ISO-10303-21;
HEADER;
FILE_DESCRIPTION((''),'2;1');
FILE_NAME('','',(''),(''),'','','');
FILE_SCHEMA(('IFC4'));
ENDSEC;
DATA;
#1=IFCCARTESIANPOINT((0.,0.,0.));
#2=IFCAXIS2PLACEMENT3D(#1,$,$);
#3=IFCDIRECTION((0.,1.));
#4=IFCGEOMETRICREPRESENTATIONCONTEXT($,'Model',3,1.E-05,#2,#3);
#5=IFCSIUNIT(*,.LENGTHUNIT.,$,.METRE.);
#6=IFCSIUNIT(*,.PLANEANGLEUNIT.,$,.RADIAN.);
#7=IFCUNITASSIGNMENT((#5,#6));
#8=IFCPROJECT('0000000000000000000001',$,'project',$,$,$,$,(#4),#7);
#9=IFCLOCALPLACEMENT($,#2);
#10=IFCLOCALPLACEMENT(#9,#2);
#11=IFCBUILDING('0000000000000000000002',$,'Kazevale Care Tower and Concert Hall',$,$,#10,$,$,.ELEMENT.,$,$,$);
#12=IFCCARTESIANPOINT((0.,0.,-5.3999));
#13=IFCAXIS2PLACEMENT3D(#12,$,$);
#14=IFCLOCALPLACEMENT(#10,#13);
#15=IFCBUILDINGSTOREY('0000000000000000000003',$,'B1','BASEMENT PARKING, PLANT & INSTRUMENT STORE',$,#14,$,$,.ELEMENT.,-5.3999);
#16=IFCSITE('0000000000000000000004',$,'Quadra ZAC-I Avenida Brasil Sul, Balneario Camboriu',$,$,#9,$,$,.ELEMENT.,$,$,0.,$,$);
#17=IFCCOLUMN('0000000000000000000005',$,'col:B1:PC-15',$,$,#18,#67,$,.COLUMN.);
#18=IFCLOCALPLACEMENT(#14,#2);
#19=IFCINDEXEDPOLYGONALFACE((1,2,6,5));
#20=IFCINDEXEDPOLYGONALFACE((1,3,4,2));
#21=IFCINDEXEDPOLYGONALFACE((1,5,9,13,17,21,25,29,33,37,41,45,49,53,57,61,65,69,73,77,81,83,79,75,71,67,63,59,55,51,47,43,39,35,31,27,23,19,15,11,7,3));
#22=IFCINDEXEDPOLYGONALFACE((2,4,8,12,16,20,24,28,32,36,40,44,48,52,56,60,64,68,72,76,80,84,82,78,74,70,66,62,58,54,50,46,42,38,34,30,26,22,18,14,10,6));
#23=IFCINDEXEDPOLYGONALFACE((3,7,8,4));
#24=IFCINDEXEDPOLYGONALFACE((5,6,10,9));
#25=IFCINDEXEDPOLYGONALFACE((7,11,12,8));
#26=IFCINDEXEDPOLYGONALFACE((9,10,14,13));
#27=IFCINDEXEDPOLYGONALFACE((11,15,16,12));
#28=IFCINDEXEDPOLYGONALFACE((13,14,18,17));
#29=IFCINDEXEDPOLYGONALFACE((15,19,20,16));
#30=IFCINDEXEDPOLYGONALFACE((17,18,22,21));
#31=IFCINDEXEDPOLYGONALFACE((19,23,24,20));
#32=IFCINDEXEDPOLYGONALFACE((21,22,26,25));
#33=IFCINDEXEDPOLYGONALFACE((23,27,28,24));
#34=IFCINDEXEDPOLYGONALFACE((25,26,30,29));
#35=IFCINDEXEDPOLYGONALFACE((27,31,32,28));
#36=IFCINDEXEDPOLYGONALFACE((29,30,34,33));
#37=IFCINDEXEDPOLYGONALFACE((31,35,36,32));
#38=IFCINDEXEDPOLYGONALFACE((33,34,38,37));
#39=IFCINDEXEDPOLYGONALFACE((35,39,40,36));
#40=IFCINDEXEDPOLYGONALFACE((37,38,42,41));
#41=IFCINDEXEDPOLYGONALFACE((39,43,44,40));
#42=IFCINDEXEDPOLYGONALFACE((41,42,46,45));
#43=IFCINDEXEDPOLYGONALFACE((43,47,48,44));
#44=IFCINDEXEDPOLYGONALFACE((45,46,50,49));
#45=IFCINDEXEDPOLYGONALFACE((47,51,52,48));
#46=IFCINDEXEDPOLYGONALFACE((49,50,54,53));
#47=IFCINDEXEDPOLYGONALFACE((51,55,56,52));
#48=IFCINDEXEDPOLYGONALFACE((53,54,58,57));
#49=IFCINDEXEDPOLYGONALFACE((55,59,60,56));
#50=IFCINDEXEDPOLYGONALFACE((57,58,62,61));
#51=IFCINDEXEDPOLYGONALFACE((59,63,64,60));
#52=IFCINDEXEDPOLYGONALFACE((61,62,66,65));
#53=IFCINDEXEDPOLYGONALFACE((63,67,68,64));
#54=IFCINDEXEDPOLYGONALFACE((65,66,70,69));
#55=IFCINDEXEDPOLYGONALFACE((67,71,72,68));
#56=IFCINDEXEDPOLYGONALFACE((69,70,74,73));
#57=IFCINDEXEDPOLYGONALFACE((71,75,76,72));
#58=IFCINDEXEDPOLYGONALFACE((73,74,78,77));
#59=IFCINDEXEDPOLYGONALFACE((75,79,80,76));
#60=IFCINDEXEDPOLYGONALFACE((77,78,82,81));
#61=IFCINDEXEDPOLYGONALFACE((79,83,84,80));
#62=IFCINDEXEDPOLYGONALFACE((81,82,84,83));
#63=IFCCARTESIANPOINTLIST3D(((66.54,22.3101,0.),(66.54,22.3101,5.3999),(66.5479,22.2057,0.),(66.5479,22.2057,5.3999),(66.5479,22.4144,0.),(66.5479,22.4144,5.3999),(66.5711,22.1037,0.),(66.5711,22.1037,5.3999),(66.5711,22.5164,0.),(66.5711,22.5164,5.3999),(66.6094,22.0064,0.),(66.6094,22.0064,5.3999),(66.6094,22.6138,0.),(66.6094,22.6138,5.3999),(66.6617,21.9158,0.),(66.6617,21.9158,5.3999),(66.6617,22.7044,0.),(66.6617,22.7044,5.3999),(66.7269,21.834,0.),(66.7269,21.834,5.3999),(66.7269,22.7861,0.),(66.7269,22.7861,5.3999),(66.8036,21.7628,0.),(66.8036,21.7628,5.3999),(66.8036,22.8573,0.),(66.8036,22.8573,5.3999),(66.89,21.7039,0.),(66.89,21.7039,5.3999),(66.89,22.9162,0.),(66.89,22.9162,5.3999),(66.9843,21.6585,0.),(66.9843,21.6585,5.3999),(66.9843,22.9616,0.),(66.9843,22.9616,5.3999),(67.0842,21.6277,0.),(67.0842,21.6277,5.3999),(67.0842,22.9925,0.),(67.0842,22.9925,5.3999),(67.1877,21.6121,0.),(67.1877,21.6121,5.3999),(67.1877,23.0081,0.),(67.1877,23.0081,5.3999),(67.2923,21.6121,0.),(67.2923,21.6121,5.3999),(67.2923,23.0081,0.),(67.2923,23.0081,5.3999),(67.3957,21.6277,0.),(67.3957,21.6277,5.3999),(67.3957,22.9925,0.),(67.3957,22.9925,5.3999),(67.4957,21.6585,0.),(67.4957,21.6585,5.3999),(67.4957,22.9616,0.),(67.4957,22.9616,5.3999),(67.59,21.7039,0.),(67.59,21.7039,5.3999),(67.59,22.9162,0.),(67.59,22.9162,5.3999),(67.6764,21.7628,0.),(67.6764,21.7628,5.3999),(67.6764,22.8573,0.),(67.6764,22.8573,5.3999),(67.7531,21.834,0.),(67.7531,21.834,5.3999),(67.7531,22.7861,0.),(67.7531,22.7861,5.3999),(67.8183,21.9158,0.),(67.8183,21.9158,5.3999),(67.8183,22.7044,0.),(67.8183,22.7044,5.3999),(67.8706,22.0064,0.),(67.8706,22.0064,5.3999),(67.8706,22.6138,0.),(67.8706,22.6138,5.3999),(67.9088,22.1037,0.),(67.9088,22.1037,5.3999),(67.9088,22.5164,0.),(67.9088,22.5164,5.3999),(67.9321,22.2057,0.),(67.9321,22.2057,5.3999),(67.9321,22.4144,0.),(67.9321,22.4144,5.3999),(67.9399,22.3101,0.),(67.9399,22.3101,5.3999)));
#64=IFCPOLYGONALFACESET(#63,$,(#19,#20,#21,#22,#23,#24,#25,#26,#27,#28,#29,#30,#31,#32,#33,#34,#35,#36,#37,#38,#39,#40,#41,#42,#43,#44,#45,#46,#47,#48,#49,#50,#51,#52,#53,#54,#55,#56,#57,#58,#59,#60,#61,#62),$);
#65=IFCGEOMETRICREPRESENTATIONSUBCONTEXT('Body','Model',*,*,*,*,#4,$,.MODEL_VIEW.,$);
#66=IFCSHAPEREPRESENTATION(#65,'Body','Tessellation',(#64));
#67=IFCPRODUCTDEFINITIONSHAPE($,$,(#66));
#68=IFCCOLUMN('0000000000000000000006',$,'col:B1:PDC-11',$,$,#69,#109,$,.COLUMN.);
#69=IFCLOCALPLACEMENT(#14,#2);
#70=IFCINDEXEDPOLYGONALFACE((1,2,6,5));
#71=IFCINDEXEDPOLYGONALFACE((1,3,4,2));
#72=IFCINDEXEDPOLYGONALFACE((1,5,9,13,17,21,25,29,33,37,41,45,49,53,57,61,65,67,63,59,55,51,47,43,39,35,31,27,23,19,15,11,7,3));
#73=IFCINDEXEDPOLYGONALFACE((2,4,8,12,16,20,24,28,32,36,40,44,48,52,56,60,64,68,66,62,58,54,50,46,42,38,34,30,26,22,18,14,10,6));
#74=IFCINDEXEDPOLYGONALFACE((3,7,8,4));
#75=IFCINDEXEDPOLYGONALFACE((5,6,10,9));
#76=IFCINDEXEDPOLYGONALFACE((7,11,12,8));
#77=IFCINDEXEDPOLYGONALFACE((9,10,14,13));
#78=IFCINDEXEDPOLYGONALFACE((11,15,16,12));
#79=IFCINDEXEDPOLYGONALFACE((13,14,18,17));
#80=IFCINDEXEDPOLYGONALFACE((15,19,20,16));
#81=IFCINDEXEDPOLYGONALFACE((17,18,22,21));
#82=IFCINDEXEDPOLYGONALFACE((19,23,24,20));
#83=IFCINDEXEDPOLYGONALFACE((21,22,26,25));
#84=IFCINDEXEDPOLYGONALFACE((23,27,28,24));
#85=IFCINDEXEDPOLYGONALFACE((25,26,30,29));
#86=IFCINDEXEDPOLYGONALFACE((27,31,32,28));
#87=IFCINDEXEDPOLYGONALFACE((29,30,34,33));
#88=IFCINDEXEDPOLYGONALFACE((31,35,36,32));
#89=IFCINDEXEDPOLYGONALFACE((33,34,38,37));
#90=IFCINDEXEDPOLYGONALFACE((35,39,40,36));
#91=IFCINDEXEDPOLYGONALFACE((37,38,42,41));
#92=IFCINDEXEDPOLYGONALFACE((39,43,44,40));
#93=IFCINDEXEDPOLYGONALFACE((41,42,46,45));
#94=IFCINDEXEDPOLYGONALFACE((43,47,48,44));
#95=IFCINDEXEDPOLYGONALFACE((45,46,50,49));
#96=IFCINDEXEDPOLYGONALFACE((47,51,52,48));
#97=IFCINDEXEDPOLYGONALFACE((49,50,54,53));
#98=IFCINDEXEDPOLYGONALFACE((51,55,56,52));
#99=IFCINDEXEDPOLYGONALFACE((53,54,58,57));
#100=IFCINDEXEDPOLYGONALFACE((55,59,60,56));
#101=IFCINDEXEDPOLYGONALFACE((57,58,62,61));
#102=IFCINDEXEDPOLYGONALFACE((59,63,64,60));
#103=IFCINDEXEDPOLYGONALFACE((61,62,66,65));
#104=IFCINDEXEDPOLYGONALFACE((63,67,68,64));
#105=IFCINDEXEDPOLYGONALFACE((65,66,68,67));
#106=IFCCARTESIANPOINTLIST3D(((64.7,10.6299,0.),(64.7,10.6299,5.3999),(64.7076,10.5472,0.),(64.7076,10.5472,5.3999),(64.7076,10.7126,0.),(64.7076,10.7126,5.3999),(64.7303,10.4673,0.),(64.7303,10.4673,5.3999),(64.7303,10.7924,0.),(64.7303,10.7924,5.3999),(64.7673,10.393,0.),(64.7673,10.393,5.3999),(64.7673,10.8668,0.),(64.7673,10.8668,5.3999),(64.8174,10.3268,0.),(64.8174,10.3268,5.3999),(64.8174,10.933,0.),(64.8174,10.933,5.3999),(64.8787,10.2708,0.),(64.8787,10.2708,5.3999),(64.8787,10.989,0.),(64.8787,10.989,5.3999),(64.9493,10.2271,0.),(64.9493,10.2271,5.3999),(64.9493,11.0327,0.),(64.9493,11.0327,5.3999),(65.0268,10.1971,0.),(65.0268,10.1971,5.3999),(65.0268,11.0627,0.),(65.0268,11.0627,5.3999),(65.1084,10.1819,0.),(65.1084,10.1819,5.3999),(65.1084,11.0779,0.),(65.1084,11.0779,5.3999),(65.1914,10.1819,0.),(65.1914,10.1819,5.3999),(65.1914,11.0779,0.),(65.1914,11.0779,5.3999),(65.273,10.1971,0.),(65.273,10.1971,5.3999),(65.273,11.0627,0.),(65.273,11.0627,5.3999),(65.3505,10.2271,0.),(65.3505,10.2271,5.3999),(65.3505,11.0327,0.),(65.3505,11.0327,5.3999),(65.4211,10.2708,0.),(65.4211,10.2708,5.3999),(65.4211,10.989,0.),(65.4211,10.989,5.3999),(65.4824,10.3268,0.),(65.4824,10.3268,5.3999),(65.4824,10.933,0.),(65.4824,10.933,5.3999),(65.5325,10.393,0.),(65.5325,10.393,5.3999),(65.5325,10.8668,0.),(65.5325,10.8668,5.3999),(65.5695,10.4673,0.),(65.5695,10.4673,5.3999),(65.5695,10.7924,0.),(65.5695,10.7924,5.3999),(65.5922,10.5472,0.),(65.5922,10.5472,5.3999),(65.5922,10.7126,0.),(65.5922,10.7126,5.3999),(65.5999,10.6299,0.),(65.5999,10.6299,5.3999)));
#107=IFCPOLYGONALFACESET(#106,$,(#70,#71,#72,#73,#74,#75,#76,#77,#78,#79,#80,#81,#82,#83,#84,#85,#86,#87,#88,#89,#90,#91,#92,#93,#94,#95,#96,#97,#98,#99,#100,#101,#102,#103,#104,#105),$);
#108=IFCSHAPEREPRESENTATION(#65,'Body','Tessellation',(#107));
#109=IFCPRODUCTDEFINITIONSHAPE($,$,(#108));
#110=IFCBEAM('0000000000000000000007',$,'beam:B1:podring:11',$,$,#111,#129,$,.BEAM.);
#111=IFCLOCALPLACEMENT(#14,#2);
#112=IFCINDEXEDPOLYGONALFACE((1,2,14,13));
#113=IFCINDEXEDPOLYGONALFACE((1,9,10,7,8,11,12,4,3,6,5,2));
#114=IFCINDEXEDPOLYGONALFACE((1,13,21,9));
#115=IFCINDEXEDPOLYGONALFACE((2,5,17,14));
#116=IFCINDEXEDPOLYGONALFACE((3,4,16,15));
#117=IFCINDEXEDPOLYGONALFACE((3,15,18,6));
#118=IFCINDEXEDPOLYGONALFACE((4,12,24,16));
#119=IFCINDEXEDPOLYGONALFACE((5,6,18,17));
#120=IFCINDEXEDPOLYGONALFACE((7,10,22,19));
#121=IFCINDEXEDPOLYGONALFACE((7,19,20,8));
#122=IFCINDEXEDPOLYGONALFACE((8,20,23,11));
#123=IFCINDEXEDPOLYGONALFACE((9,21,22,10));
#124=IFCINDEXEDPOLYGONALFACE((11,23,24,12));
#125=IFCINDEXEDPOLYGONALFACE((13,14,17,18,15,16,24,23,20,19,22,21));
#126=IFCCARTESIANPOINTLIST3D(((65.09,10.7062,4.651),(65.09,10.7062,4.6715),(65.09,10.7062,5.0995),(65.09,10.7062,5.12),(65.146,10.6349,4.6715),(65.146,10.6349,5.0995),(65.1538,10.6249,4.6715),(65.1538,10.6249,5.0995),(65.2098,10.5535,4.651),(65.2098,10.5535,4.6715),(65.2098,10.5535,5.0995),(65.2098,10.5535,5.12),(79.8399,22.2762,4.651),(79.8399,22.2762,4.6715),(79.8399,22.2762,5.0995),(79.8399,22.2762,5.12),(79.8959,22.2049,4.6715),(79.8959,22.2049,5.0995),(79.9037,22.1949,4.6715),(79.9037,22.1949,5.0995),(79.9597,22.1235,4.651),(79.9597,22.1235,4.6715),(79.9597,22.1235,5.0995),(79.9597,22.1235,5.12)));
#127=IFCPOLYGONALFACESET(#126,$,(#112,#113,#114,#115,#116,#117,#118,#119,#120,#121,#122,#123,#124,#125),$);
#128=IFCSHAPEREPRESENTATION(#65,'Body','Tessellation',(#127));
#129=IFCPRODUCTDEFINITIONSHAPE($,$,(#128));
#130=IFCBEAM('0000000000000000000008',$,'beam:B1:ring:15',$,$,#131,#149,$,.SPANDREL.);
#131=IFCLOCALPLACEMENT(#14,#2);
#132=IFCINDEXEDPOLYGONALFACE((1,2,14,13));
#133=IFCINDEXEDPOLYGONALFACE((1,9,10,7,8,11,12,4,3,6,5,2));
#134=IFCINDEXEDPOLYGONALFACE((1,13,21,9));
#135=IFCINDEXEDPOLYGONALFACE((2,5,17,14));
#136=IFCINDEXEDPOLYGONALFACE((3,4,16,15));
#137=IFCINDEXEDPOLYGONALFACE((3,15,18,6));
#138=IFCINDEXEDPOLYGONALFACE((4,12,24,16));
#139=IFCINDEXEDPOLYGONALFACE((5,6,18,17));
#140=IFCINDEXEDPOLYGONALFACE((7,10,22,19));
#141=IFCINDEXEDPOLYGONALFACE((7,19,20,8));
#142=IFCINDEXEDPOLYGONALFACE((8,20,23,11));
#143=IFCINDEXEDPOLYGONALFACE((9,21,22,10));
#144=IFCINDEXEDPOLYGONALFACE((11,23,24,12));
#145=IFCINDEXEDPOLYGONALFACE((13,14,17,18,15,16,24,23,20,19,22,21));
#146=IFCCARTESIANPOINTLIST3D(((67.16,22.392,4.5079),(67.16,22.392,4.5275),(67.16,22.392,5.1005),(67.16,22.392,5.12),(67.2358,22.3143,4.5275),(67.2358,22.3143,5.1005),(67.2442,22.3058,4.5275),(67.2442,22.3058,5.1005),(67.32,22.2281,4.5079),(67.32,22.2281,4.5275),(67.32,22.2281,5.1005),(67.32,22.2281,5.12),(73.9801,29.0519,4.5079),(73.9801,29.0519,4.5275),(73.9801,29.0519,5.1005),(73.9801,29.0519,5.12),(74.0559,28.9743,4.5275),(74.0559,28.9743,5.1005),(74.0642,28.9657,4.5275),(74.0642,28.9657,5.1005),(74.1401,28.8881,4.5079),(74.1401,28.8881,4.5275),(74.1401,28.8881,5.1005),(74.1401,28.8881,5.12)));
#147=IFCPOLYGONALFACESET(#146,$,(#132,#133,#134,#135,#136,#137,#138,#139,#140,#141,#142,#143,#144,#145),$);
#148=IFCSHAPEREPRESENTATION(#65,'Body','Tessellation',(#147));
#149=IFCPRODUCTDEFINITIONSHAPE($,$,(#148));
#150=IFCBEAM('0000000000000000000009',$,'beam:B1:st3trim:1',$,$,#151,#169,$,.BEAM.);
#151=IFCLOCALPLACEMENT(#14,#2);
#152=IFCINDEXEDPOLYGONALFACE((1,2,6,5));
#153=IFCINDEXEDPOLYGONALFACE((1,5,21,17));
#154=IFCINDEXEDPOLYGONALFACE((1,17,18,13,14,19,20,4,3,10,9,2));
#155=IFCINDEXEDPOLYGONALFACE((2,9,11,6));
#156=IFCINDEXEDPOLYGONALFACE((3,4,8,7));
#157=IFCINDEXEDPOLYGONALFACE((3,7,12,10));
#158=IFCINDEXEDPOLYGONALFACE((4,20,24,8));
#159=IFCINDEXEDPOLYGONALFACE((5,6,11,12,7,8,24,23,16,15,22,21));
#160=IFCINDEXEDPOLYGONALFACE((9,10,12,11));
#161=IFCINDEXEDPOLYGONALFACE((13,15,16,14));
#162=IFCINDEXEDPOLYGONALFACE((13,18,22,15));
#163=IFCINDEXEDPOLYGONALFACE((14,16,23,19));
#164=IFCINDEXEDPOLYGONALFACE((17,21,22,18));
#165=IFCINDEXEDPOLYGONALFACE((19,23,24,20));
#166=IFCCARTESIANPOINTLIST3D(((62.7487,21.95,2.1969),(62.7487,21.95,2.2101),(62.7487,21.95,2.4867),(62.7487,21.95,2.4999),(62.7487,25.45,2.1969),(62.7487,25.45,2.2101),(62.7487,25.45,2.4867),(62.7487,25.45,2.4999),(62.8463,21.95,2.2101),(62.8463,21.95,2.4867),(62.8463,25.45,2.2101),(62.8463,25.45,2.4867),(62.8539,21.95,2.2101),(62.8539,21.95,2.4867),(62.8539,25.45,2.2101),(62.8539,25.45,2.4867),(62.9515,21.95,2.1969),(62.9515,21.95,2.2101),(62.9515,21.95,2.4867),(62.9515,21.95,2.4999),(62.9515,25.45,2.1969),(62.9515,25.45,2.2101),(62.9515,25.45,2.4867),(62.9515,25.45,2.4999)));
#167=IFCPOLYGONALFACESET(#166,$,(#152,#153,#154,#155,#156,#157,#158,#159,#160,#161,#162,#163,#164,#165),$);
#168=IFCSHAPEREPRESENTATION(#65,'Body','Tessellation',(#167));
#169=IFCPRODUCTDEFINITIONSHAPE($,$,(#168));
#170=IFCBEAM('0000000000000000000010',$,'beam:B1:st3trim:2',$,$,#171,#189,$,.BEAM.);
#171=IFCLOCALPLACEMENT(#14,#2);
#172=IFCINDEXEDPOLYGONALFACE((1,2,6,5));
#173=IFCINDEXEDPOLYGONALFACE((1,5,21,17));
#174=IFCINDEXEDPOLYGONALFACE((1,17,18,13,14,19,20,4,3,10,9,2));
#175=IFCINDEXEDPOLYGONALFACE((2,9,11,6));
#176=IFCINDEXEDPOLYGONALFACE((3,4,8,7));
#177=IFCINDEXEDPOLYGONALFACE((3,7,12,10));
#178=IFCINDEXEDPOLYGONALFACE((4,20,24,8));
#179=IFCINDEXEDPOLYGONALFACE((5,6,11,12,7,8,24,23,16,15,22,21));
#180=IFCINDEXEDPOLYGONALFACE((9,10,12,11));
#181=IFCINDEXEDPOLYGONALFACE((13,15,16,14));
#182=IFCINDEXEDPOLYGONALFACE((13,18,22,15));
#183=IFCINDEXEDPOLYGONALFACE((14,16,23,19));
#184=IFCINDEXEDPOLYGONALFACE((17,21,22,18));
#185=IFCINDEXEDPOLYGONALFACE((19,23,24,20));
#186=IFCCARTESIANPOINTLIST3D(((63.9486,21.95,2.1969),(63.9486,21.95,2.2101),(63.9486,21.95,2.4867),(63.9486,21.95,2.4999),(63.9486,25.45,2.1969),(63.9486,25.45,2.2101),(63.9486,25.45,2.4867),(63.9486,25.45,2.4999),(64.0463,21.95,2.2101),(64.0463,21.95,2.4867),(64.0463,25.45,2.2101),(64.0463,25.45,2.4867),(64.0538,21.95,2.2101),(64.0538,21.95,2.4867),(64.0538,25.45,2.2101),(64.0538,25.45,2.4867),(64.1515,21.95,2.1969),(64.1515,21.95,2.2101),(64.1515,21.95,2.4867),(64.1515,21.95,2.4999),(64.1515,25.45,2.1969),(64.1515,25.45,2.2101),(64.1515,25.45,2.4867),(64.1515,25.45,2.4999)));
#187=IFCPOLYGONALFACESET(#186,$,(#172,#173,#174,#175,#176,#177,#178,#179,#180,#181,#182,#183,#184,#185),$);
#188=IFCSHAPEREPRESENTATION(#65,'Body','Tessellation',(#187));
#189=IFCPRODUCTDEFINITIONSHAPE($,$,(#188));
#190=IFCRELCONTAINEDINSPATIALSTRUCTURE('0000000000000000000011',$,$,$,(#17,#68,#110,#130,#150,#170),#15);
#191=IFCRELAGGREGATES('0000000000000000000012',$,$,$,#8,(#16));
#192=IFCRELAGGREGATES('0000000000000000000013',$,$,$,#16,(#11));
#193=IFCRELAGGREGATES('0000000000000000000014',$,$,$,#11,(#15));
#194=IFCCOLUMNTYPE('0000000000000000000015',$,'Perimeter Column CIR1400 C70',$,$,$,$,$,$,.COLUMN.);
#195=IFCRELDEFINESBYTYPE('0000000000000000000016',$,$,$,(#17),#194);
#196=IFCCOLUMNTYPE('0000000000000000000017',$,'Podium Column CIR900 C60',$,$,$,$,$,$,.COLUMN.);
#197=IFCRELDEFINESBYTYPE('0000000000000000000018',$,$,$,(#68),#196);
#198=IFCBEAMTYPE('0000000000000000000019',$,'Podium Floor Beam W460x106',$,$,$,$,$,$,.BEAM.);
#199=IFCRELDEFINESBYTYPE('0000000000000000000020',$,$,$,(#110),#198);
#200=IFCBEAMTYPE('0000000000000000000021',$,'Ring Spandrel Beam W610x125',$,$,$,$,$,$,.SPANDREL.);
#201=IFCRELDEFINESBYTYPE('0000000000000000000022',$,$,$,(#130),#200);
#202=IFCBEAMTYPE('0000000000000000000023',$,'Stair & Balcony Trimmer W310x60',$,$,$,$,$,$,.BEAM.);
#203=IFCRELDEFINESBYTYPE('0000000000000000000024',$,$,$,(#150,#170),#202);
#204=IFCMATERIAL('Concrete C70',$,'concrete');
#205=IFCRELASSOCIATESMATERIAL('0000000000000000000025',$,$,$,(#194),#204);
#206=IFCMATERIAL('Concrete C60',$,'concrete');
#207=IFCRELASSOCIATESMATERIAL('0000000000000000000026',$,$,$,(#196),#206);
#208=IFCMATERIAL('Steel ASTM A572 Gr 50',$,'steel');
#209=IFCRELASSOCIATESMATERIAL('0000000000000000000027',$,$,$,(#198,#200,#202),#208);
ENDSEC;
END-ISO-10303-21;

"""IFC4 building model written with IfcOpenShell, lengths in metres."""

from ifc_helpers import new_model, si_unit, direction, frame, origin, origin_2d, place, context, subcontext, project, spatial, circle, i_section, extrude, material, material_profile, profile_set, type_object, element, save


model = new_model("IFC4")

# Units and contexts
model_context = context("Model", 3, precision=1e-05, world=origin(), true_north=direction((0.0, 1.0)))
body_context = subcontext(model_context, "Body", "Model", "MODEL_VIEW")
ifc_project = project(units=[si_unit("LENGTHUNIT", "METRE"), si_unit("PLANEANGLEUNIT", "RADIAN")], contexts=[model_context])

# Site, building, storey
site_placement = place(None, origin())
site = spatial("IfcSite", under=ifc_project, at=site_placement, Name="Quadra ZAC-I Avenida Brasil Sul, Balneario Camboriu", CompositionType="ELEMENT", RefElevation=0.0)
building_placement = place(site_placement, origin())
building = spatial("IfcBuilding", under=site, at=building_placement, Name="Kazevale Care Tower and Concert Hall", CompositionType="ELEMENT")
storey_placement = place(building_placement, frame((0.0, 0.0, -5.3999)))
storey = spatial("IfcBuildingStorey", under=building, at=storey_placement, Name="B1", Description="BASEMENT PARKING, PLANT & INSTRUMENT STORE", CompositionType="ELEMENT", Elevation=-5.3999)

# Columns
ifc_material_1 = material(Name="Concrete C70", Category="concrete")
ifc_material_profile_1 = material_profile(ifc_material_1, circle(Radius=0.7, at=origin_2d()), Name="RC-CIR1400")
ifc_profile_set_1 = profile_set([ifc_material_profile_1], Name="Concrete C70")
column_type_1 = type_object("IfcColumnType", Name="Perimeter Column CIR1400 C70", PredefinedType="COLUMN", material=ifc_profile_set_1)
column_1_placement = place(storey_placement, frame((67.24, 22.3101, 0.0), z_axis=(0.0, 0.0, 1.0), x_axis=(1.0, 0.0, 0.0)))
element("IfcColumn", 1, at=column_1_placement, inside=storey, type_object=column_type_1, Name="col:B1:PC-15", PredefinedType="COLUMN", context=body_context, shape_type="SweptSolid", body=[
    extrude(circle(Radius=0.7, at=origin_2d()), origin(), (0.0, 0.0, 1.0), 5.3999),
])
ifc_material_2 = material(Name="Concrete C60", Category="concrete")
ifc_material_profile_2 = material_profile(ifc_material_2, circle(Radius=0.45, at=origin_2d()), Name="RC-CIR900")
ifc_profile_set_2 = profile_set([ifc_material_profile_2], Name="Concrete C60")
column_type_2 = type_object("IfcColumnType", Name="Podium Column CIR900 C60", PredefinedType="COLUMN", material=ifc_profile_set_2)
column_2_placement = place(storey_placement, frame((65.1499, 10.6299, 0.0), z_axis=(0.0, 0.0, 1.0), x_axis=(1.0, 0.0, 0.0)))
element("IfcColumn", 2, at=column_2_placement, inside=storey, type_object=column_type_2, Name="col:B1:PDC-11", PredefinedType="COLUMN", context=body_context, shape_type="SweptSolid", body=[
    extrude(circle(Radius=0.45, at=origin_2d()), origin(), (0.0, 0.0, 1.0), 5.3999),
])

# Beams
ifc_material_3 = material(Name="Steel ASTM A572 Gr 50", Category="steel")
ifc_material_profile_3 = material_profile(ifc_material_3, i_section(OverallWidth=0.1941, OverallDepth=0.469, WebThickness=0.0127, FlangeThickness=0.0205, at=origin_2d()), Name="W460x106")
ifc_profile_set_3 = profile_set([ifc_material_profile_3], Name="Steel ASTM A572 Gr 50")
beam_type_1 = type_object("IfcBeamType", Name="Podium Floor Beam W460x106", PredefinedType="BEAM", material=ifc_profile_set_3)
beam_1_placement = place(storey_placement, frame((65.1499, 10.6299, 4.8855), z_axis=(0.786816, 0.617188, 0.0), x_axis=(-0.617188, 0.786816, 0.0)))
element("IfcBeam", 3, at=beam_1_placement, inside=storey, type_object=beam_type_1, Name="beam:B1:podring:11", PredefinedType="BEAM", context=body_context, shape_type="SweptSolid", body=[
    extrude(i_section(OverallWidth=0.1941, OverallDepth=0.469, WebThickness=0.0127, FlangeThickness=0.0205, at=origin_2d()), origin(), (0.0, 0.0, 1.0), 18.7463),
])
ifc_material_profile_4 = material_profile(ifc_material_3, i_section(OverallWidth=0.229, OverallDepth=0.6121, WebThickness=0.012, FlangeThickness=0.0195, at=origin_2d()), Name="W610x125")
ifc_profile_set_4 = profile_set([ifc_material_profile_4], Name="Steel ASTM A572 Gr 50")
beam_type_2 = type_object("IfcBeamType", Name="Ring Spandrel Beam W610x125", PredefinedType="SPANDREL", material=ifc_profile_set_4)
beam_2_placement = place(storey_placement, frame((67.24, 22.3101, 4.814), z_axis=(0.715457, 0.698656, 0.0), x_axis=(-0.698656, 0.715457, 0.0)))
element("IfcBeam", 4, at=beam_2_placement, inside=storey, type_object=beam_type_2, Name="beam:B1:ring:15", PredefinedType="SPANDREL", context=body_context, shape_type="SweptSolid", body=[
    extrude(i_section(OverallWidth=0.229, OverallDepth=0.6121, WebThickness=0.012, FlangeThickness=0.0195, at=origin_2d()), origin(), (0.0, 0.0, 1.0), 9.5325),
])
ifc_material_profile_5 = material_profile(ifc_material_3, i_section(OverallWidth=0.2029, OverallDepth=0.303, WebThickness=0.0076, FlangeThickness=0.0132, at=origin_2d()), Name="W310x60")
ifc_profile_set_5 = profile_set([ifc_material_profile_5], Name="Steel ASTM A572 Gr 50")
beam_type_3 = type_object("IfcBeamType", Name="Stair & Balcony Trimmer W310x60", PredefinedType="BEAM", material=ifc_profile_set_5)
for number, where, z_axis, x_axis, name in (
    (5, (62.8501, 21.95, 2.3484), (0.0, 1.0, 0.0), (-1.0, 0.0, 0.0), "beam:B1:st3trim:1"),
    (6, (64.05, 21.95, 2.3484), (0.0, 1.0, 0.0), (-1.0, 0.0, 0.0), "beam:B1:st3trim:2"),
):
    element("IfcBeam", number, at=place(storey_placement, frame(where, z_axis=z_axis, x_axis=x_axis)), inside=storey, type_object=beam_type_3, Name=name, PredefinedType="BEAM", context=body_context, shape_type="SweptSolid", body=[
        extrude(i_section(OverallWidth=0.2029, OverallDepth=0.303, WebThickness=0.0076, FlangeThickness=0.0132, at=origin_2d()), origin(), (0.0, 0.0, 1.0), 3.5),
    ])

save(model, "model.ifc")
